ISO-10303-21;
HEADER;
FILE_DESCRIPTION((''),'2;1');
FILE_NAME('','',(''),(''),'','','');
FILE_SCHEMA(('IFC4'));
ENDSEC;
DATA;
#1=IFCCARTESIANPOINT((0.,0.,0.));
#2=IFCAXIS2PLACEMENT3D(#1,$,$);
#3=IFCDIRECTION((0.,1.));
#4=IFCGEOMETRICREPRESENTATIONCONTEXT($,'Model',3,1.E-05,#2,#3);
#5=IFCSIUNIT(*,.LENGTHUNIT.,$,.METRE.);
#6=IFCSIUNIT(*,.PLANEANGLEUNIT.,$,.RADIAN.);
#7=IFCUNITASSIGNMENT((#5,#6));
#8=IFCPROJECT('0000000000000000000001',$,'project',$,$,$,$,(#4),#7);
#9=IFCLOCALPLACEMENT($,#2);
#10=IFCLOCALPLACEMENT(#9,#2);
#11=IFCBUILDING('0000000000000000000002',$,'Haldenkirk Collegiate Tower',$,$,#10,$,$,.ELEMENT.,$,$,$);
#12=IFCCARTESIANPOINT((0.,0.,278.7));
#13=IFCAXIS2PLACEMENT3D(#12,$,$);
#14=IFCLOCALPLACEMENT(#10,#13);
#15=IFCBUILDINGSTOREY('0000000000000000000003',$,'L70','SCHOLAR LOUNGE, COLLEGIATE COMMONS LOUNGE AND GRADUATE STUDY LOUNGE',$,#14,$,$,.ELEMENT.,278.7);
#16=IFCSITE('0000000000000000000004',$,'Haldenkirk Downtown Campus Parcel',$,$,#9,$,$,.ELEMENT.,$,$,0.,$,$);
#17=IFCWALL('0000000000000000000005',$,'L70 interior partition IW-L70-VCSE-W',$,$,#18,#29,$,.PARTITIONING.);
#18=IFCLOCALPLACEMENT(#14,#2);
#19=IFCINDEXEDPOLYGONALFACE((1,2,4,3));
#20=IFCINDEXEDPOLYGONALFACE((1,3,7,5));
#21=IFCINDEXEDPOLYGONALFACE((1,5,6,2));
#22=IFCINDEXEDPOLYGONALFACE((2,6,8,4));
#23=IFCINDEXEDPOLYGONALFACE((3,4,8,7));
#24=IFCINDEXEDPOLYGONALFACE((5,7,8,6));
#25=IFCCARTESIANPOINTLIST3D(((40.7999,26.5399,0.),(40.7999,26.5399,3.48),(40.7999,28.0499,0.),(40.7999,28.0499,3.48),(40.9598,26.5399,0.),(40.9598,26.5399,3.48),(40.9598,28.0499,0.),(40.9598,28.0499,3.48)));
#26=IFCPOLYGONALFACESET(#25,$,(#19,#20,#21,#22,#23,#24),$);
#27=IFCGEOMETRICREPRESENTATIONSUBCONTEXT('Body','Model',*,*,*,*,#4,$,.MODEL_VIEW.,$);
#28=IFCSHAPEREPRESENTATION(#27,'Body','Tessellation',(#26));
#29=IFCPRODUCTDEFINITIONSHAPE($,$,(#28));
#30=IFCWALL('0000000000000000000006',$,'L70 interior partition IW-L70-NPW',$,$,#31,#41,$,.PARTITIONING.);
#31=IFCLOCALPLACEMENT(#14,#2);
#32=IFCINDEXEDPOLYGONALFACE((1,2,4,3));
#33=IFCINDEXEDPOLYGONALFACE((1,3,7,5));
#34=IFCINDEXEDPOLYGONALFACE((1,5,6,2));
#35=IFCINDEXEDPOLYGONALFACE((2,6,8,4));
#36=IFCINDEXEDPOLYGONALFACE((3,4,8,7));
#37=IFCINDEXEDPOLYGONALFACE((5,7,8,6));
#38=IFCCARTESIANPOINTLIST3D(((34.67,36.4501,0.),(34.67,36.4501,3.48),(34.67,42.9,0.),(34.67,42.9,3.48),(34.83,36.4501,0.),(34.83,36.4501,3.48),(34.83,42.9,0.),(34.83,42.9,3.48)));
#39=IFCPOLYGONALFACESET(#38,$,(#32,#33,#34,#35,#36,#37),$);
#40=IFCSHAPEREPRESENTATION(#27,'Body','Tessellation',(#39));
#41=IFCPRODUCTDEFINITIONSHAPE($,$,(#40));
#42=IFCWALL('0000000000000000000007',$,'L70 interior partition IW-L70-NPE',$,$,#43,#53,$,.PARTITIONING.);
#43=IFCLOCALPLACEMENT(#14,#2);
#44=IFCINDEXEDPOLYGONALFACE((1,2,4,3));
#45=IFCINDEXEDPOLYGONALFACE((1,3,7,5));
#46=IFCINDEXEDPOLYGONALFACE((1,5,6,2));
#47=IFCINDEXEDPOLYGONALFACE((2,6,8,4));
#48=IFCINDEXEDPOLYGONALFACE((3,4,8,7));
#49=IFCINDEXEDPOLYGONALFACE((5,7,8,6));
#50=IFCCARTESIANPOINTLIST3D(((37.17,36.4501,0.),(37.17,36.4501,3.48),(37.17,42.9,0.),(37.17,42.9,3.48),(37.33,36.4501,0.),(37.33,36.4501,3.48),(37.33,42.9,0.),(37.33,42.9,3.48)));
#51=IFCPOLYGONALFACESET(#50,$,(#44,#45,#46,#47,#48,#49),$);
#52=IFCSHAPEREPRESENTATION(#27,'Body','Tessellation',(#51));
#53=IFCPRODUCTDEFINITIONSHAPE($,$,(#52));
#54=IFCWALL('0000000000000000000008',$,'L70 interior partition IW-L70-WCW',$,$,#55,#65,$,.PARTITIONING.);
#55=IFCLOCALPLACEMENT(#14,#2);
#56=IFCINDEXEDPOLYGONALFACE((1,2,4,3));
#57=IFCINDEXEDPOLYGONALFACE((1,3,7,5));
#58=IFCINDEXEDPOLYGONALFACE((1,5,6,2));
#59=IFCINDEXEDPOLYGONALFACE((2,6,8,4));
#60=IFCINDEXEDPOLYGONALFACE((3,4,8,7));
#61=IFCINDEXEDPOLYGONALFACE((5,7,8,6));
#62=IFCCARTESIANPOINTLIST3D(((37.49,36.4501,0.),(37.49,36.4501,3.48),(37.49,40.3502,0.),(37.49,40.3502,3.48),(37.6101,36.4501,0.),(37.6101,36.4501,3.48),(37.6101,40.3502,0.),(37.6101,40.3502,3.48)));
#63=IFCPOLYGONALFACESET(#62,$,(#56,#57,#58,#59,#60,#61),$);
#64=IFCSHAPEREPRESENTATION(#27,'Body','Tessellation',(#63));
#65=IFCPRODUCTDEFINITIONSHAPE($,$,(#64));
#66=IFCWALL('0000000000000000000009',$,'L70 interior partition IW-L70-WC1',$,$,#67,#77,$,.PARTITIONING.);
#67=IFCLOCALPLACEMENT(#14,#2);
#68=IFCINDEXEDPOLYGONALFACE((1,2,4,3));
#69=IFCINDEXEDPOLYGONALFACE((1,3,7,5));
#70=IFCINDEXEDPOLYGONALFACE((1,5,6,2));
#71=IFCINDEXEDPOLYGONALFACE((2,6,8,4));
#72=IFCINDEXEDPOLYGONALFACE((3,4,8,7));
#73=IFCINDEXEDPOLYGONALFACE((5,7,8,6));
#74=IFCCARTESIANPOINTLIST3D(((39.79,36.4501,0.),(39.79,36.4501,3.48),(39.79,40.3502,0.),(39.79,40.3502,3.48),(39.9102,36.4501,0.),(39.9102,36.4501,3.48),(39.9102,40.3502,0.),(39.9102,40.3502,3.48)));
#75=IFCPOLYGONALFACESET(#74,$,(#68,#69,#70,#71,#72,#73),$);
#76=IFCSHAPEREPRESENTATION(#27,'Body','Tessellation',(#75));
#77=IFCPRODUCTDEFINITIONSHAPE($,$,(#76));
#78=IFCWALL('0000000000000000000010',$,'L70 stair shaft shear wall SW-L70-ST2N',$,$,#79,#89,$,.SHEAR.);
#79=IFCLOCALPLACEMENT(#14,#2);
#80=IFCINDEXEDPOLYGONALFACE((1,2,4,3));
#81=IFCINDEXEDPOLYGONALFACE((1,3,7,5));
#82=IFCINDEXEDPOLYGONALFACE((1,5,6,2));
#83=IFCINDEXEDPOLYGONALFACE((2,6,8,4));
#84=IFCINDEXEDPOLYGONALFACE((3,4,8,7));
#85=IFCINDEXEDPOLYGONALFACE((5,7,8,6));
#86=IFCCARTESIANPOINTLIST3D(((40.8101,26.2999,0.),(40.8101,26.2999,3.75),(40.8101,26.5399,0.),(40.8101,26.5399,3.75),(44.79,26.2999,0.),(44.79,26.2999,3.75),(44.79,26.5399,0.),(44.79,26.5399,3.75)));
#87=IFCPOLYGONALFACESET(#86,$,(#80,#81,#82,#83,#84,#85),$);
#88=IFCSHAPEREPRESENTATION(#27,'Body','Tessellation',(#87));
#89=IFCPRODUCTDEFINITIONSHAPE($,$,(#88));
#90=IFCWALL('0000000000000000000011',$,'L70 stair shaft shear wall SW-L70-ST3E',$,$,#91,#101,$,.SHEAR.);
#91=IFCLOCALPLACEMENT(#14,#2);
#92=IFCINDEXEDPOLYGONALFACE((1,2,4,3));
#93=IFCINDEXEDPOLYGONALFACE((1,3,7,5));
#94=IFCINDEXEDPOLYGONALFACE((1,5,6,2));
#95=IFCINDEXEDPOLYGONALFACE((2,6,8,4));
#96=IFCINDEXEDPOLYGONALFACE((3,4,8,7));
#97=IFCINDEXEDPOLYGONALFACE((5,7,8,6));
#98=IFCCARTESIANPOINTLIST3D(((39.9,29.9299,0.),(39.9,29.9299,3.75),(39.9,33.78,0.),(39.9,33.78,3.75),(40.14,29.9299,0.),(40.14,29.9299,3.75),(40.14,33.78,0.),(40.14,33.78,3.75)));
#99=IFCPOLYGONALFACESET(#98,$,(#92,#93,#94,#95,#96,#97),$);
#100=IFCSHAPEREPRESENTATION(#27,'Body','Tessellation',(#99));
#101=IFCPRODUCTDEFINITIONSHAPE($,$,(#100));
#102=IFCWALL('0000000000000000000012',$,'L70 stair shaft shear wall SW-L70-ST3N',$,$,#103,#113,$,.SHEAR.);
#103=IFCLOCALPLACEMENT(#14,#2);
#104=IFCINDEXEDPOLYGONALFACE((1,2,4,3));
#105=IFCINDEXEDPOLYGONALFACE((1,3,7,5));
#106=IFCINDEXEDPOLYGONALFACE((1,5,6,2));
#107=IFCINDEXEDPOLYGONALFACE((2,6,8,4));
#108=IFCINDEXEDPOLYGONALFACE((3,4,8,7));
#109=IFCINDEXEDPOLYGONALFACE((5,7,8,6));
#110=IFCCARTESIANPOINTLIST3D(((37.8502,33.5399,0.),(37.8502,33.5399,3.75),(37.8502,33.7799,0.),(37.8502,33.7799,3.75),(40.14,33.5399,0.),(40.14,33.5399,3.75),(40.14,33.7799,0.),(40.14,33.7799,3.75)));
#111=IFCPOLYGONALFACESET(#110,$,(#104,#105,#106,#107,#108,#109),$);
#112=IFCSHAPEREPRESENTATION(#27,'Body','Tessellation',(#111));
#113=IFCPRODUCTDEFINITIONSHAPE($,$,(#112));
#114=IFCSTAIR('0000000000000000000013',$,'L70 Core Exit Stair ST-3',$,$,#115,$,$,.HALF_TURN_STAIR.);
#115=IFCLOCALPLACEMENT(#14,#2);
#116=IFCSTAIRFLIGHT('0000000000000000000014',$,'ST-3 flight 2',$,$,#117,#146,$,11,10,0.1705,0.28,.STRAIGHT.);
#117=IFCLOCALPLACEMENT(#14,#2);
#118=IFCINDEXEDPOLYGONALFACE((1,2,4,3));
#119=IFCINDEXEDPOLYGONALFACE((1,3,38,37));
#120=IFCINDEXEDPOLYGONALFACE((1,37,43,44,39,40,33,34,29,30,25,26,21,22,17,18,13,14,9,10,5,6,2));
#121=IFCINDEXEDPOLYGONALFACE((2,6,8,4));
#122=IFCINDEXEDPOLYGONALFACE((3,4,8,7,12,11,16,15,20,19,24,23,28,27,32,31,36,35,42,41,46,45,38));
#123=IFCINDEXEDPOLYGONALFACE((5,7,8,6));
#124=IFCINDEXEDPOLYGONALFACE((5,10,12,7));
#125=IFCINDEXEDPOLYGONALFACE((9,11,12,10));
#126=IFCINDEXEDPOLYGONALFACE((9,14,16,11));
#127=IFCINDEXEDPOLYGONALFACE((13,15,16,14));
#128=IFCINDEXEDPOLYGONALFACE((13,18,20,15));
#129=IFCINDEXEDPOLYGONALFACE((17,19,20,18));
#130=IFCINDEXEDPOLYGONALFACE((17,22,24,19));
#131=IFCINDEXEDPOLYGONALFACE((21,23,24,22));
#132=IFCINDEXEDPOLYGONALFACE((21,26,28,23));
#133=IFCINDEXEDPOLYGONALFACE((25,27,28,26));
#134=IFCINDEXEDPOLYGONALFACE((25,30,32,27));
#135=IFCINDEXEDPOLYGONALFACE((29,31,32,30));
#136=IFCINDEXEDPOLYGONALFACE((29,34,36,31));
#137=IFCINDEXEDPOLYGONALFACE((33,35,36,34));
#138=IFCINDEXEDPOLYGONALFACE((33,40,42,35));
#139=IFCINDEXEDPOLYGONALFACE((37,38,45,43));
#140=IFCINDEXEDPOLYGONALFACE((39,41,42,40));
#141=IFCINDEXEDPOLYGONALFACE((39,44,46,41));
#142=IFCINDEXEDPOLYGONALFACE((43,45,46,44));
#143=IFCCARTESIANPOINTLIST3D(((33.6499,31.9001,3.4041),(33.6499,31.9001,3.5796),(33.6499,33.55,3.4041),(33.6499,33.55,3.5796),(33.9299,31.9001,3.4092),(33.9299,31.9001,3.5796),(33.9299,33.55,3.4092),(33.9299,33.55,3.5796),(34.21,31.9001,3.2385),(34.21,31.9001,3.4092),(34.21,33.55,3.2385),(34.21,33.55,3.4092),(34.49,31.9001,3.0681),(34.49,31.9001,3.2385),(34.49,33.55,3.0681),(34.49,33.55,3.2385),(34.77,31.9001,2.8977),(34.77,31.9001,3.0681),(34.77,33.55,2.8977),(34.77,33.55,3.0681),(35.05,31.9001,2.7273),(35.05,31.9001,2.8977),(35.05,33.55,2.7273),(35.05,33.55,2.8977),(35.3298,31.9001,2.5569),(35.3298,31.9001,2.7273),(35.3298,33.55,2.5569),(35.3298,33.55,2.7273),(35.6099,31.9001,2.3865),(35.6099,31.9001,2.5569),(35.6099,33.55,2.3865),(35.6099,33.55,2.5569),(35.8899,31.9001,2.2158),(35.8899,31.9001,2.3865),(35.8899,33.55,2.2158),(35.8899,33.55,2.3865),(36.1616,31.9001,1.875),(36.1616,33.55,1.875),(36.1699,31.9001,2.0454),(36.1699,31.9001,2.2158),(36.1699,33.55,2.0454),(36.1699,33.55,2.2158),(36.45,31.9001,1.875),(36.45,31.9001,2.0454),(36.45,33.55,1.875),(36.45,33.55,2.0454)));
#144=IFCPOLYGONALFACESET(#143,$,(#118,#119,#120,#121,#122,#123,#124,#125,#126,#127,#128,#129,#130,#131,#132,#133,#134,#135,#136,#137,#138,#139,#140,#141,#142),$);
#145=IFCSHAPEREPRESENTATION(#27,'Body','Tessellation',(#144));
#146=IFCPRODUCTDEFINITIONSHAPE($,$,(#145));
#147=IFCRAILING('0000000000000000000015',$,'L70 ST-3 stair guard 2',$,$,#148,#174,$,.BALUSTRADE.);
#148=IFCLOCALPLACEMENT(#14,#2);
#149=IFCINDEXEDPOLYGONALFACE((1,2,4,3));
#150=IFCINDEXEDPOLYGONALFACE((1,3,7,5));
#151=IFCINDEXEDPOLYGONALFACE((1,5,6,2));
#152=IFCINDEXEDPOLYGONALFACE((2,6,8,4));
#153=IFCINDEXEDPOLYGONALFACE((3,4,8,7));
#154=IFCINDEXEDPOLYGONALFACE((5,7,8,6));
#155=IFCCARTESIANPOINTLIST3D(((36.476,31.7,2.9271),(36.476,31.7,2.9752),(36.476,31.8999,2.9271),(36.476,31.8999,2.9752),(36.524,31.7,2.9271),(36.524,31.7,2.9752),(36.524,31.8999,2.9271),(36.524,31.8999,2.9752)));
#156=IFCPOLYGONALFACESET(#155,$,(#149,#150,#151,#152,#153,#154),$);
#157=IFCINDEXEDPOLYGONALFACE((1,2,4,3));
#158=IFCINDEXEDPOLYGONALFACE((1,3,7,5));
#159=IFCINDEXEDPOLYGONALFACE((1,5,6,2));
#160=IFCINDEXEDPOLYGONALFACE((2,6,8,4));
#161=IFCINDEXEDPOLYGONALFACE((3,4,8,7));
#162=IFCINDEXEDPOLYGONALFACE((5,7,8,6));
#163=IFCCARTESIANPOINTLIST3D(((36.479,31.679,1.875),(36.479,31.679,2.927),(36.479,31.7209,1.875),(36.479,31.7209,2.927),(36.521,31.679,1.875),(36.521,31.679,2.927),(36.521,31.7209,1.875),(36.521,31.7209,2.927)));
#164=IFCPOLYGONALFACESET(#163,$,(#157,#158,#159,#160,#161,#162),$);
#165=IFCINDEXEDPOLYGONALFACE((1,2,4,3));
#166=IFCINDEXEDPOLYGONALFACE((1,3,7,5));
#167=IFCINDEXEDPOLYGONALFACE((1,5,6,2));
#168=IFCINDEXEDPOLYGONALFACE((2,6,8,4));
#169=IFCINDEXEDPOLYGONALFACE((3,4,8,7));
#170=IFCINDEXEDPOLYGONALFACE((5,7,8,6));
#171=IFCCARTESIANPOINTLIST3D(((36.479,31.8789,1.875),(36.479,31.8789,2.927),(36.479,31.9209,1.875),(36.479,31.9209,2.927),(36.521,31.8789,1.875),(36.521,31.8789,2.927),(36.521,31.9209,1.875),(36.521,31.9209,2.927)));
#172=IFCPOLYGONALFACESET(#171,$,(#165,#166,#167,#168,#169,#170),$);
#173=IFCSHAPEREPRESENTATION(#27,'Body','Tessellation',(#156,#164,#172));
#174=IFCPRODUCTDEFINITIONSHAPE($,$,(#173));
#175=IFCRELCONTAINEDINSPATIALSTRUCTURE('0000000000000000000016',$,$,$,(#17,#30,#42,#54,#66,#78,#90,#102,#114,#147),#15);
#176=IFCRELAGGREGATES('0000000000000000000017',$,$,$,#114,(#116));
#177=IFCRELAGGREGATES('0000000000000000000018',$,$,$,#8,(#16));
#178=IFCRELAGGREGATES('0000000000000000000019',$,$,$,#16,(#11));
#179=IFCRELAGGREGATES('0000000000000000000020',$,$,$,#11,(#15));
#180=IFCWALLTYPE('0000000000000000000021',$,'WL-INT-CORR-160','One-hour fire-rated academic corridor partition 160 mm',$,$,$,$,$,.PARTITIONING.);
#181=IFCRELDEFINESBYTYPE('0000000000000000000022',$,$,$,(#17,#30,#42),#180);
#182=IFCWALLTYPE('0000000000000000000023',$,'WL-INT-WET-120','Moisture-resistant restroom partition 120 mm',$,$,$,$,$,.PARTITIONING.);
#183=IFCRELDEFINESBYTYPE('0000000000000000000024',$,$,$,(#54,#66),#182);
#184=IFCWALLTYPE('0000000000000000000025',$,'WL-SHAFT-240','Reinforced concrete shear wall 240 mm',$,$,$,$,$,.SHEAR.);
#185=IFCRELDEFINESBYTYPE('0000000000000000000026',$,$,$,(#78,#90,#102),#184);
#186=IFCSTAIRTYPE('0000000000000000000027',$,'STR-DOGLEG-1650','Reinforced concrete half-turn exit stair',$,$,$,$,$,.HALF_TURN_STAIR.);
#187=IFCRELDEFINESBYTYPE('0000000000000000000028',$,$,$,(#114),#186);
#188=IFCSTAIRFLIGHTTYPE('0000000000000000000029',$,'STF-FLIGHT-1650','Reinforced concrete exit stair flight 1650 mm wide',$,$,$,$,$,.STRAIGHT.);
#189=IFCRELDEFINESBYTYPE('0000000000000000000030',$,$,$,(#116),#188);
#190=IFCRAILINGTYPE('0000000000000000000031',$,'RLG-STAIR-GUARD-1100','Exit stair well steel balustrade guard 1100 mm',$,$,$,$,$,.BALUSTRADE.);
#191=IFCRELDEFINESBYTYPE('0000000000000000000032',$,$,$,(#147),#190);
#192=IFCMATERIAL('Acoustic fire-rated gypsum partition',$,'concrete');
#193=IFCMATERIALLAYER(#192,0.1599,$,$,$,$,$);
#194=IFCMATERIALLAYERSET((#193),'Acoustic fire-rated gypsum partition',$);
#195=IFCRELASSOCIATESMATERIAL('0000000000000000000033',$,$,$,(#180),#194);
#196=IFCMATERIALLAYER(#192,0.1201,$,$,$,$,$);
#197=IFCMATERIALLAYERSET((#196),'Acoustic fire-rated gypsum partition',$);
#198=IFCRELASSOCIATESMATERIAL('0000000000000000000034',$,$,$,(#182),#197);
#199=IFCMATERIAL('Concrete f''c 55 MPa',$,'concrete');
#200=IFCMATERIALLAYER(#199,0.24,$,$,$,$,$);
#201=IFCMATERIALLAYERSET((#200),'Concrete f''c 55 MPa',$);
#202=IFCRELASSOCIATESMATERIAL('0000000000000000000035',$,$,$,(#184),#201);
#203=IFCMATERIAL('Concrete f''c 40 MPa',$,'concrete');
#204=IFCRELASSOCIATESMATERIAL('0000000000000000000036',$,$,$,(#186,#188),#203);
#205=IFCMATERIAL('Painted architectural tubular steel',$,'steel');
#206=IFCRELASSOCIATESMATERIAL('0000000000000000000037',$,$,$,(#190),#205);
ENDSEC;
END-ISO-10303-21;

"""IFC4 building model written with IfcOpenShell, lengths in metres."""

from ifc_helpers import new_model, si_unit, direction, frame, frame_2d, origin, origin_2d, place, context, subcontext, project, spatial, polyline, rectangle, outline, extrude, material, layer, layer_set, type_object, element, aggregate, save


model = new_model("IFC4")

# Units and contexts
model_context = context("Model", 3, precision=1e-05, world=origin(), true_north=direction((0.0, 1.0)))
body_context = subcontext(model_context, "Body", "Model", "MODEL_VIEW")
ifc_project = project(units=[si_unit("LENGTHUNIT", "METRE"), si_unit("PLANEANGLEUNIT", "RADIAN")], contexts=[model_context])

# Site, building, storey
site_placement = place(None, origin())
site = spatial("IfcSite", under=ifc_project, at=site_placement, Name="Haldenkirk Downtown Campus Parcel", CompositionType="ELEMENT", RefElevation=0.0)
building_placement = place(site_placement, origin())
building = spatial("IfcBuilding", under=site, at=building_placement, Name="Haldenkirk Collegiate Tower", CompositionType="ELEMENT")
storey_placement = place(building_placement, frame((0.0, 0.0, 278.7)))
storey = spatial("IfcBuildingStorey", under=building, at=storey_placement, Name="L70", Description="SCHOLAR LOUNGE, COLLEGIATE COMMONS LOUNGE AND GRADUATE STUDY LOUNGE", CompositionType="ELEMENT", Elevation=278.7)

# Shared definitions
ifc_material_1 = material(Name="Acoustic fire-rated gypsum partition", Category="concrete")
ifc_layer_1 = layer(ifc_material_1, 0.1599)
ifc_layer_set_1 = layer_set([ifc_layer_1], Name="Acoustic fire-rated gypsum partition")
wall_type_1 = type_object("IfcWallType", Name="WL-INT-CORR-160", Description="One-hour fire-rated academic corridor partition 160 mm", PredefinedType="PARTITIONING", material=ifc_layer_set_1)

# Wall
wall_1_placement = place(storey_placement, frame((40.8799, 26.54, 0.0), z_axis=(0.0, 0.0, 1.0), x_axis=(0.0, 1.0, 0.0)))
element("IfcWall", 1, at=wall_1_placement, inside=storey, type_object=wall_type_1, Name="L70 interior partition IW-L70-VCSE-W", PredefinedType="PARTITIONING", context=body_context, shape_type="SweptSolid", body=[
    extrude(rectangle(XDim=1.51, YDim=0.1599, at=frame_2d((0.7549, 0.0))), origin(), (0.0, 0.0, 1.0), 3.48),
])

# Walls
for number, where, z_axis, x_axis, name in (
    (2, (34.75, 36.45, 0.0), (0.0, 0.0, 1.0), (0.0, 1.0, 0.0), "L70 interior partition IW-L70-NPW"),
    (3, (37.25, 36.45, 0.0), (0.0, 0.0, 1.0), (0.0, 1.0, 0.0), "L70 interior partition IW-L70-NPE"),
):
    element("IfcWall", number, at=place(storey_placement, frame(where, z_axis=z_axis, x_axis=x_axis)), inside=storey, type_object=wall_type_1, Name=name, PredefinedType="PARTITIONING", context=body_context, shape_type="SweptSolid", body=[
        extrude(rectangle(XDim=6.45, YDim=0.1599, at=frame_2d((3.2251, 0.0))), origin(), (0.0, 0.0, 1.0), 3.48),
    ])
ifc_layer_2 = layer(ifc_material_1, 0.1201)
ifc_layer_set_2 = layer_set([ifc_layer_2], Name="Acoustic fire-rated gypsum partition")
wall_type_2 = type_object("IfcWallType", Name="WL-INT-WET-120", Description="Moisture-resistant restroom partition 120 mm", PredefinedType="PARTITIONING", material=ifc_layer_set_2)
for number, where, z_axis, x_axis, name in (
    (4, (37.55, 36.45, 0.0), (0.0, 0.0, 1.0), (0.0, 1.0, 0.0), "L70 interior partition IW-L70-WCW"),
    (5, (39.8501, 36.45, 0.0), (0.0, 0.0, 1.0), (0.0, 1.0, 0.0), "L70 interior partition IW-L70-WC1"),
):
    element("IfcWall", number, at=place(storey_placement, frame(where, z_axis=z_axis, x_axis=x_axis)), inside=storey, type_object=wall_type_2, Name=name, PredefinedType="PARTITIONING", context=body_context, shape_type="SweptSolid", body=[
        extrude(rectangle(XDim=3.9001, YDim=0.1201, at=frame_2d((1.9502, 0.0))), origin(), (0.0, 0.0, 1.0), 3.48),
    ])
ifc_material_2 = material(Name="Concrete f'c 55 MPa", Category="concrete")
ifc_layer_3 = layer(ifc_material_2, 0.24)
ifc_layer_set_3 = layer_set([ifc_layer_3], Name="Concrete f'c 55 MPa")
wall_type_3 = type_object("IfcWallType", Name="WL-SHAFT-240", Description="Reinforced concrete shear wall 240 mm", PredefinedType="SHEAR", material=ifc_layer_set_3)
wall_2_placement = place(storey_placement, frame((40.8101, 26.4199, 0.0), z_axis=(0.0, 0.0, 1.0), x_axis=(1.0, 0.0, 0.0)))
element("IfcWall", 6, at=wall_2_placement, inside=storey, type_object=wall_type_3, Name="L70 stair shaft shear wall SW-L70-ST2N", PredefinedType="SHEAR", context=body_context, shape_type="SweptSolid", body=[
    extrude(rectangle(XDim=3.98, YDim=0.24, at=frame_2d((1.99, 0.0))), origin(), (0.0, 0.0, 1.0), 3.75),
])
wall_3_placement = place(storey_placement, frame((40.02, 29.9299, 0.0), z_axis=(0.0, 0.0, 1.0), x_axis=(0.0, 1.0, 0.0)))
element("IfcWall", 7, at=wall_3_placement, inside=storey, type_object=wall_type_3, Name="L70 stair shaft shear wall SW-L70-ST3E", PredefinedType="SHEAR", context=body_context, shape_type="SweptSolid", body=[
    extrude(rectangle(XDim=3.8501, YDim=0.24, at=frame_2d((1.925, 0.0))), origin(), (0.0, 0.0, 1.0), 3.75),
])
wall_4_placement = place(storey_placement, frame((37.8501, 33.6599, 0.0), z_axis=(0.0, 0.0, 1.0), x_axis=(1.0, 0.0, 0.0)))
element("IfcWall", 8, at=wall_4_placement, inside=storey, type_object=wall_type_3, Name="L70 stair shaft shear wall SW-L70-ST3N", PredefinedType="SHEAR", context=body_context, shape_type="SweptSolid", body=[
    extrude(rectangle(XDim=2.2898, YDim=0.24, at=frame_2d((1.145, 0.0))), origin(), (0.0, 0.0, 1.0), 3.75),
])

# Stair, stair flight
ifc_material_3 = material(Name="Concrete f'c 40 MPa", Category="concrete")
stair_type = type_object("IfcStairType", Name="STR-DOGLEG-1650", Description="Reinforced concrete half-turn exit stair", PredefinedType="HALF_TURN_STAIR", material=ifc_material_3)
stair_placement = place(storey_placement, origin())
stair = element("IfcStair", 9, at=stair_placement, inside=storey, type_object=stair_type, Name="L70 Core Exit Stair ST-3", PredefinedType="HALF_TURN_STAIR")
stair_flight_type = type_object("IfcStairFlightType", Name="STF-FLIGHT-1650", Description="Reinforced concrete exit stair flight 1650 mm wide", PredefinedType="STRAIGHT", material=ifc_material_3)
stair_flight_placement = place(storey_placement, frame((36.45, 32.7251, 1.875), z_axis=(0.0, 0.0, 1.0), x_axis=(-1.0, 0.0, 0.0)))
stair_flight = element("IfcStairFlight", 10, at=stair_flight_placement, type_object=stair_flight_type, Name="ST-3 flight 2", NumberOfRisers=11, NumberOfTreads=10, PredefinedType="STRAIGHT", RiserHeight=0.1705, TreadLength=0.28, context=body_context, shape_type="SweptSolid", body=[
    extrude(outline(polyline([(0.0, 0.0), (0.0, 0.1704), (0.28, 0.1704), (0.28, 0.3408), (0.5601, 0.3408), (0.5601, 0.5115), (0.8401, 0.5115), (0.8401, 0.6819), (1.1201, 0.6819), (1.1201, 0.8523), (1.3999, 0.8523), (1.3999, 1.0227), (1.6799, 1.0227), (1.6799, 1.1931), (1.96, 1.1931), (1.96, 1.3635), (2.24, 1.3635), (2.24, 1.5342), (2.52, 1.5342), (2.52, 1.7046), (2.8, 1.7046), (2.8, 1.875), (2.8, 1.5291), (0.2883, 0.0), (0.0, 0.0)])), frame((0.0, 0.825, 0.0), z_axis=(0.0, -1.0, 0.0), x_axis=(1.0, 0.0, 0.0)), (0.0, 0.0, 1.0), 1.6499),
])
aggregate(stair, [stair_flight])

# Railing
ifc_material_4 = material(Name="Painted architectural tubular steel", Category="steel")
railing_type_1 = type_object("IfcRailingType", Name="RLG-STAIR-GUARD-1100", Description="Exit stair well steel balustrade guard 1100 mm", PredefinedType="BALUSTRADE", material=ifc_material_4)
railing_1_placement = place(storey_placement, frame((36.5, 31.7, 1.875)))
element("IfcRailing", 11, at=railing_1_placement, inside=storey, type_object=railing_type_1, Name="L70 ST-3 stair guard 2", PredefinedType="BALUSTRADE", context=body_context, shape_type="SweptSolid", body=[
    extrude(rectangle(XDim=0.0481, YDim=0.0481, at=origin_2d()), frame((0.0, 0.0, 1.0762), z_axis=(0.0, 1.0, 0.0), x_axis=(-1.0, 0.0, 0.0)), (0.0, 0.0, 1.0), 0.2),
    extrude(rectangle(XDim=0.042, YDim=0.042, at=origin_2d()), origin(), (0.0, 0.0, 1.0), 1.052),
    extrude(rectangle(XDim=0.042, YDim=0.042, at=origin_2d()), frame((0.0, 0.2, 0.0)), (0.0, 0.0, 1.0), 1.052),
])

save(model, "model.ifc")
